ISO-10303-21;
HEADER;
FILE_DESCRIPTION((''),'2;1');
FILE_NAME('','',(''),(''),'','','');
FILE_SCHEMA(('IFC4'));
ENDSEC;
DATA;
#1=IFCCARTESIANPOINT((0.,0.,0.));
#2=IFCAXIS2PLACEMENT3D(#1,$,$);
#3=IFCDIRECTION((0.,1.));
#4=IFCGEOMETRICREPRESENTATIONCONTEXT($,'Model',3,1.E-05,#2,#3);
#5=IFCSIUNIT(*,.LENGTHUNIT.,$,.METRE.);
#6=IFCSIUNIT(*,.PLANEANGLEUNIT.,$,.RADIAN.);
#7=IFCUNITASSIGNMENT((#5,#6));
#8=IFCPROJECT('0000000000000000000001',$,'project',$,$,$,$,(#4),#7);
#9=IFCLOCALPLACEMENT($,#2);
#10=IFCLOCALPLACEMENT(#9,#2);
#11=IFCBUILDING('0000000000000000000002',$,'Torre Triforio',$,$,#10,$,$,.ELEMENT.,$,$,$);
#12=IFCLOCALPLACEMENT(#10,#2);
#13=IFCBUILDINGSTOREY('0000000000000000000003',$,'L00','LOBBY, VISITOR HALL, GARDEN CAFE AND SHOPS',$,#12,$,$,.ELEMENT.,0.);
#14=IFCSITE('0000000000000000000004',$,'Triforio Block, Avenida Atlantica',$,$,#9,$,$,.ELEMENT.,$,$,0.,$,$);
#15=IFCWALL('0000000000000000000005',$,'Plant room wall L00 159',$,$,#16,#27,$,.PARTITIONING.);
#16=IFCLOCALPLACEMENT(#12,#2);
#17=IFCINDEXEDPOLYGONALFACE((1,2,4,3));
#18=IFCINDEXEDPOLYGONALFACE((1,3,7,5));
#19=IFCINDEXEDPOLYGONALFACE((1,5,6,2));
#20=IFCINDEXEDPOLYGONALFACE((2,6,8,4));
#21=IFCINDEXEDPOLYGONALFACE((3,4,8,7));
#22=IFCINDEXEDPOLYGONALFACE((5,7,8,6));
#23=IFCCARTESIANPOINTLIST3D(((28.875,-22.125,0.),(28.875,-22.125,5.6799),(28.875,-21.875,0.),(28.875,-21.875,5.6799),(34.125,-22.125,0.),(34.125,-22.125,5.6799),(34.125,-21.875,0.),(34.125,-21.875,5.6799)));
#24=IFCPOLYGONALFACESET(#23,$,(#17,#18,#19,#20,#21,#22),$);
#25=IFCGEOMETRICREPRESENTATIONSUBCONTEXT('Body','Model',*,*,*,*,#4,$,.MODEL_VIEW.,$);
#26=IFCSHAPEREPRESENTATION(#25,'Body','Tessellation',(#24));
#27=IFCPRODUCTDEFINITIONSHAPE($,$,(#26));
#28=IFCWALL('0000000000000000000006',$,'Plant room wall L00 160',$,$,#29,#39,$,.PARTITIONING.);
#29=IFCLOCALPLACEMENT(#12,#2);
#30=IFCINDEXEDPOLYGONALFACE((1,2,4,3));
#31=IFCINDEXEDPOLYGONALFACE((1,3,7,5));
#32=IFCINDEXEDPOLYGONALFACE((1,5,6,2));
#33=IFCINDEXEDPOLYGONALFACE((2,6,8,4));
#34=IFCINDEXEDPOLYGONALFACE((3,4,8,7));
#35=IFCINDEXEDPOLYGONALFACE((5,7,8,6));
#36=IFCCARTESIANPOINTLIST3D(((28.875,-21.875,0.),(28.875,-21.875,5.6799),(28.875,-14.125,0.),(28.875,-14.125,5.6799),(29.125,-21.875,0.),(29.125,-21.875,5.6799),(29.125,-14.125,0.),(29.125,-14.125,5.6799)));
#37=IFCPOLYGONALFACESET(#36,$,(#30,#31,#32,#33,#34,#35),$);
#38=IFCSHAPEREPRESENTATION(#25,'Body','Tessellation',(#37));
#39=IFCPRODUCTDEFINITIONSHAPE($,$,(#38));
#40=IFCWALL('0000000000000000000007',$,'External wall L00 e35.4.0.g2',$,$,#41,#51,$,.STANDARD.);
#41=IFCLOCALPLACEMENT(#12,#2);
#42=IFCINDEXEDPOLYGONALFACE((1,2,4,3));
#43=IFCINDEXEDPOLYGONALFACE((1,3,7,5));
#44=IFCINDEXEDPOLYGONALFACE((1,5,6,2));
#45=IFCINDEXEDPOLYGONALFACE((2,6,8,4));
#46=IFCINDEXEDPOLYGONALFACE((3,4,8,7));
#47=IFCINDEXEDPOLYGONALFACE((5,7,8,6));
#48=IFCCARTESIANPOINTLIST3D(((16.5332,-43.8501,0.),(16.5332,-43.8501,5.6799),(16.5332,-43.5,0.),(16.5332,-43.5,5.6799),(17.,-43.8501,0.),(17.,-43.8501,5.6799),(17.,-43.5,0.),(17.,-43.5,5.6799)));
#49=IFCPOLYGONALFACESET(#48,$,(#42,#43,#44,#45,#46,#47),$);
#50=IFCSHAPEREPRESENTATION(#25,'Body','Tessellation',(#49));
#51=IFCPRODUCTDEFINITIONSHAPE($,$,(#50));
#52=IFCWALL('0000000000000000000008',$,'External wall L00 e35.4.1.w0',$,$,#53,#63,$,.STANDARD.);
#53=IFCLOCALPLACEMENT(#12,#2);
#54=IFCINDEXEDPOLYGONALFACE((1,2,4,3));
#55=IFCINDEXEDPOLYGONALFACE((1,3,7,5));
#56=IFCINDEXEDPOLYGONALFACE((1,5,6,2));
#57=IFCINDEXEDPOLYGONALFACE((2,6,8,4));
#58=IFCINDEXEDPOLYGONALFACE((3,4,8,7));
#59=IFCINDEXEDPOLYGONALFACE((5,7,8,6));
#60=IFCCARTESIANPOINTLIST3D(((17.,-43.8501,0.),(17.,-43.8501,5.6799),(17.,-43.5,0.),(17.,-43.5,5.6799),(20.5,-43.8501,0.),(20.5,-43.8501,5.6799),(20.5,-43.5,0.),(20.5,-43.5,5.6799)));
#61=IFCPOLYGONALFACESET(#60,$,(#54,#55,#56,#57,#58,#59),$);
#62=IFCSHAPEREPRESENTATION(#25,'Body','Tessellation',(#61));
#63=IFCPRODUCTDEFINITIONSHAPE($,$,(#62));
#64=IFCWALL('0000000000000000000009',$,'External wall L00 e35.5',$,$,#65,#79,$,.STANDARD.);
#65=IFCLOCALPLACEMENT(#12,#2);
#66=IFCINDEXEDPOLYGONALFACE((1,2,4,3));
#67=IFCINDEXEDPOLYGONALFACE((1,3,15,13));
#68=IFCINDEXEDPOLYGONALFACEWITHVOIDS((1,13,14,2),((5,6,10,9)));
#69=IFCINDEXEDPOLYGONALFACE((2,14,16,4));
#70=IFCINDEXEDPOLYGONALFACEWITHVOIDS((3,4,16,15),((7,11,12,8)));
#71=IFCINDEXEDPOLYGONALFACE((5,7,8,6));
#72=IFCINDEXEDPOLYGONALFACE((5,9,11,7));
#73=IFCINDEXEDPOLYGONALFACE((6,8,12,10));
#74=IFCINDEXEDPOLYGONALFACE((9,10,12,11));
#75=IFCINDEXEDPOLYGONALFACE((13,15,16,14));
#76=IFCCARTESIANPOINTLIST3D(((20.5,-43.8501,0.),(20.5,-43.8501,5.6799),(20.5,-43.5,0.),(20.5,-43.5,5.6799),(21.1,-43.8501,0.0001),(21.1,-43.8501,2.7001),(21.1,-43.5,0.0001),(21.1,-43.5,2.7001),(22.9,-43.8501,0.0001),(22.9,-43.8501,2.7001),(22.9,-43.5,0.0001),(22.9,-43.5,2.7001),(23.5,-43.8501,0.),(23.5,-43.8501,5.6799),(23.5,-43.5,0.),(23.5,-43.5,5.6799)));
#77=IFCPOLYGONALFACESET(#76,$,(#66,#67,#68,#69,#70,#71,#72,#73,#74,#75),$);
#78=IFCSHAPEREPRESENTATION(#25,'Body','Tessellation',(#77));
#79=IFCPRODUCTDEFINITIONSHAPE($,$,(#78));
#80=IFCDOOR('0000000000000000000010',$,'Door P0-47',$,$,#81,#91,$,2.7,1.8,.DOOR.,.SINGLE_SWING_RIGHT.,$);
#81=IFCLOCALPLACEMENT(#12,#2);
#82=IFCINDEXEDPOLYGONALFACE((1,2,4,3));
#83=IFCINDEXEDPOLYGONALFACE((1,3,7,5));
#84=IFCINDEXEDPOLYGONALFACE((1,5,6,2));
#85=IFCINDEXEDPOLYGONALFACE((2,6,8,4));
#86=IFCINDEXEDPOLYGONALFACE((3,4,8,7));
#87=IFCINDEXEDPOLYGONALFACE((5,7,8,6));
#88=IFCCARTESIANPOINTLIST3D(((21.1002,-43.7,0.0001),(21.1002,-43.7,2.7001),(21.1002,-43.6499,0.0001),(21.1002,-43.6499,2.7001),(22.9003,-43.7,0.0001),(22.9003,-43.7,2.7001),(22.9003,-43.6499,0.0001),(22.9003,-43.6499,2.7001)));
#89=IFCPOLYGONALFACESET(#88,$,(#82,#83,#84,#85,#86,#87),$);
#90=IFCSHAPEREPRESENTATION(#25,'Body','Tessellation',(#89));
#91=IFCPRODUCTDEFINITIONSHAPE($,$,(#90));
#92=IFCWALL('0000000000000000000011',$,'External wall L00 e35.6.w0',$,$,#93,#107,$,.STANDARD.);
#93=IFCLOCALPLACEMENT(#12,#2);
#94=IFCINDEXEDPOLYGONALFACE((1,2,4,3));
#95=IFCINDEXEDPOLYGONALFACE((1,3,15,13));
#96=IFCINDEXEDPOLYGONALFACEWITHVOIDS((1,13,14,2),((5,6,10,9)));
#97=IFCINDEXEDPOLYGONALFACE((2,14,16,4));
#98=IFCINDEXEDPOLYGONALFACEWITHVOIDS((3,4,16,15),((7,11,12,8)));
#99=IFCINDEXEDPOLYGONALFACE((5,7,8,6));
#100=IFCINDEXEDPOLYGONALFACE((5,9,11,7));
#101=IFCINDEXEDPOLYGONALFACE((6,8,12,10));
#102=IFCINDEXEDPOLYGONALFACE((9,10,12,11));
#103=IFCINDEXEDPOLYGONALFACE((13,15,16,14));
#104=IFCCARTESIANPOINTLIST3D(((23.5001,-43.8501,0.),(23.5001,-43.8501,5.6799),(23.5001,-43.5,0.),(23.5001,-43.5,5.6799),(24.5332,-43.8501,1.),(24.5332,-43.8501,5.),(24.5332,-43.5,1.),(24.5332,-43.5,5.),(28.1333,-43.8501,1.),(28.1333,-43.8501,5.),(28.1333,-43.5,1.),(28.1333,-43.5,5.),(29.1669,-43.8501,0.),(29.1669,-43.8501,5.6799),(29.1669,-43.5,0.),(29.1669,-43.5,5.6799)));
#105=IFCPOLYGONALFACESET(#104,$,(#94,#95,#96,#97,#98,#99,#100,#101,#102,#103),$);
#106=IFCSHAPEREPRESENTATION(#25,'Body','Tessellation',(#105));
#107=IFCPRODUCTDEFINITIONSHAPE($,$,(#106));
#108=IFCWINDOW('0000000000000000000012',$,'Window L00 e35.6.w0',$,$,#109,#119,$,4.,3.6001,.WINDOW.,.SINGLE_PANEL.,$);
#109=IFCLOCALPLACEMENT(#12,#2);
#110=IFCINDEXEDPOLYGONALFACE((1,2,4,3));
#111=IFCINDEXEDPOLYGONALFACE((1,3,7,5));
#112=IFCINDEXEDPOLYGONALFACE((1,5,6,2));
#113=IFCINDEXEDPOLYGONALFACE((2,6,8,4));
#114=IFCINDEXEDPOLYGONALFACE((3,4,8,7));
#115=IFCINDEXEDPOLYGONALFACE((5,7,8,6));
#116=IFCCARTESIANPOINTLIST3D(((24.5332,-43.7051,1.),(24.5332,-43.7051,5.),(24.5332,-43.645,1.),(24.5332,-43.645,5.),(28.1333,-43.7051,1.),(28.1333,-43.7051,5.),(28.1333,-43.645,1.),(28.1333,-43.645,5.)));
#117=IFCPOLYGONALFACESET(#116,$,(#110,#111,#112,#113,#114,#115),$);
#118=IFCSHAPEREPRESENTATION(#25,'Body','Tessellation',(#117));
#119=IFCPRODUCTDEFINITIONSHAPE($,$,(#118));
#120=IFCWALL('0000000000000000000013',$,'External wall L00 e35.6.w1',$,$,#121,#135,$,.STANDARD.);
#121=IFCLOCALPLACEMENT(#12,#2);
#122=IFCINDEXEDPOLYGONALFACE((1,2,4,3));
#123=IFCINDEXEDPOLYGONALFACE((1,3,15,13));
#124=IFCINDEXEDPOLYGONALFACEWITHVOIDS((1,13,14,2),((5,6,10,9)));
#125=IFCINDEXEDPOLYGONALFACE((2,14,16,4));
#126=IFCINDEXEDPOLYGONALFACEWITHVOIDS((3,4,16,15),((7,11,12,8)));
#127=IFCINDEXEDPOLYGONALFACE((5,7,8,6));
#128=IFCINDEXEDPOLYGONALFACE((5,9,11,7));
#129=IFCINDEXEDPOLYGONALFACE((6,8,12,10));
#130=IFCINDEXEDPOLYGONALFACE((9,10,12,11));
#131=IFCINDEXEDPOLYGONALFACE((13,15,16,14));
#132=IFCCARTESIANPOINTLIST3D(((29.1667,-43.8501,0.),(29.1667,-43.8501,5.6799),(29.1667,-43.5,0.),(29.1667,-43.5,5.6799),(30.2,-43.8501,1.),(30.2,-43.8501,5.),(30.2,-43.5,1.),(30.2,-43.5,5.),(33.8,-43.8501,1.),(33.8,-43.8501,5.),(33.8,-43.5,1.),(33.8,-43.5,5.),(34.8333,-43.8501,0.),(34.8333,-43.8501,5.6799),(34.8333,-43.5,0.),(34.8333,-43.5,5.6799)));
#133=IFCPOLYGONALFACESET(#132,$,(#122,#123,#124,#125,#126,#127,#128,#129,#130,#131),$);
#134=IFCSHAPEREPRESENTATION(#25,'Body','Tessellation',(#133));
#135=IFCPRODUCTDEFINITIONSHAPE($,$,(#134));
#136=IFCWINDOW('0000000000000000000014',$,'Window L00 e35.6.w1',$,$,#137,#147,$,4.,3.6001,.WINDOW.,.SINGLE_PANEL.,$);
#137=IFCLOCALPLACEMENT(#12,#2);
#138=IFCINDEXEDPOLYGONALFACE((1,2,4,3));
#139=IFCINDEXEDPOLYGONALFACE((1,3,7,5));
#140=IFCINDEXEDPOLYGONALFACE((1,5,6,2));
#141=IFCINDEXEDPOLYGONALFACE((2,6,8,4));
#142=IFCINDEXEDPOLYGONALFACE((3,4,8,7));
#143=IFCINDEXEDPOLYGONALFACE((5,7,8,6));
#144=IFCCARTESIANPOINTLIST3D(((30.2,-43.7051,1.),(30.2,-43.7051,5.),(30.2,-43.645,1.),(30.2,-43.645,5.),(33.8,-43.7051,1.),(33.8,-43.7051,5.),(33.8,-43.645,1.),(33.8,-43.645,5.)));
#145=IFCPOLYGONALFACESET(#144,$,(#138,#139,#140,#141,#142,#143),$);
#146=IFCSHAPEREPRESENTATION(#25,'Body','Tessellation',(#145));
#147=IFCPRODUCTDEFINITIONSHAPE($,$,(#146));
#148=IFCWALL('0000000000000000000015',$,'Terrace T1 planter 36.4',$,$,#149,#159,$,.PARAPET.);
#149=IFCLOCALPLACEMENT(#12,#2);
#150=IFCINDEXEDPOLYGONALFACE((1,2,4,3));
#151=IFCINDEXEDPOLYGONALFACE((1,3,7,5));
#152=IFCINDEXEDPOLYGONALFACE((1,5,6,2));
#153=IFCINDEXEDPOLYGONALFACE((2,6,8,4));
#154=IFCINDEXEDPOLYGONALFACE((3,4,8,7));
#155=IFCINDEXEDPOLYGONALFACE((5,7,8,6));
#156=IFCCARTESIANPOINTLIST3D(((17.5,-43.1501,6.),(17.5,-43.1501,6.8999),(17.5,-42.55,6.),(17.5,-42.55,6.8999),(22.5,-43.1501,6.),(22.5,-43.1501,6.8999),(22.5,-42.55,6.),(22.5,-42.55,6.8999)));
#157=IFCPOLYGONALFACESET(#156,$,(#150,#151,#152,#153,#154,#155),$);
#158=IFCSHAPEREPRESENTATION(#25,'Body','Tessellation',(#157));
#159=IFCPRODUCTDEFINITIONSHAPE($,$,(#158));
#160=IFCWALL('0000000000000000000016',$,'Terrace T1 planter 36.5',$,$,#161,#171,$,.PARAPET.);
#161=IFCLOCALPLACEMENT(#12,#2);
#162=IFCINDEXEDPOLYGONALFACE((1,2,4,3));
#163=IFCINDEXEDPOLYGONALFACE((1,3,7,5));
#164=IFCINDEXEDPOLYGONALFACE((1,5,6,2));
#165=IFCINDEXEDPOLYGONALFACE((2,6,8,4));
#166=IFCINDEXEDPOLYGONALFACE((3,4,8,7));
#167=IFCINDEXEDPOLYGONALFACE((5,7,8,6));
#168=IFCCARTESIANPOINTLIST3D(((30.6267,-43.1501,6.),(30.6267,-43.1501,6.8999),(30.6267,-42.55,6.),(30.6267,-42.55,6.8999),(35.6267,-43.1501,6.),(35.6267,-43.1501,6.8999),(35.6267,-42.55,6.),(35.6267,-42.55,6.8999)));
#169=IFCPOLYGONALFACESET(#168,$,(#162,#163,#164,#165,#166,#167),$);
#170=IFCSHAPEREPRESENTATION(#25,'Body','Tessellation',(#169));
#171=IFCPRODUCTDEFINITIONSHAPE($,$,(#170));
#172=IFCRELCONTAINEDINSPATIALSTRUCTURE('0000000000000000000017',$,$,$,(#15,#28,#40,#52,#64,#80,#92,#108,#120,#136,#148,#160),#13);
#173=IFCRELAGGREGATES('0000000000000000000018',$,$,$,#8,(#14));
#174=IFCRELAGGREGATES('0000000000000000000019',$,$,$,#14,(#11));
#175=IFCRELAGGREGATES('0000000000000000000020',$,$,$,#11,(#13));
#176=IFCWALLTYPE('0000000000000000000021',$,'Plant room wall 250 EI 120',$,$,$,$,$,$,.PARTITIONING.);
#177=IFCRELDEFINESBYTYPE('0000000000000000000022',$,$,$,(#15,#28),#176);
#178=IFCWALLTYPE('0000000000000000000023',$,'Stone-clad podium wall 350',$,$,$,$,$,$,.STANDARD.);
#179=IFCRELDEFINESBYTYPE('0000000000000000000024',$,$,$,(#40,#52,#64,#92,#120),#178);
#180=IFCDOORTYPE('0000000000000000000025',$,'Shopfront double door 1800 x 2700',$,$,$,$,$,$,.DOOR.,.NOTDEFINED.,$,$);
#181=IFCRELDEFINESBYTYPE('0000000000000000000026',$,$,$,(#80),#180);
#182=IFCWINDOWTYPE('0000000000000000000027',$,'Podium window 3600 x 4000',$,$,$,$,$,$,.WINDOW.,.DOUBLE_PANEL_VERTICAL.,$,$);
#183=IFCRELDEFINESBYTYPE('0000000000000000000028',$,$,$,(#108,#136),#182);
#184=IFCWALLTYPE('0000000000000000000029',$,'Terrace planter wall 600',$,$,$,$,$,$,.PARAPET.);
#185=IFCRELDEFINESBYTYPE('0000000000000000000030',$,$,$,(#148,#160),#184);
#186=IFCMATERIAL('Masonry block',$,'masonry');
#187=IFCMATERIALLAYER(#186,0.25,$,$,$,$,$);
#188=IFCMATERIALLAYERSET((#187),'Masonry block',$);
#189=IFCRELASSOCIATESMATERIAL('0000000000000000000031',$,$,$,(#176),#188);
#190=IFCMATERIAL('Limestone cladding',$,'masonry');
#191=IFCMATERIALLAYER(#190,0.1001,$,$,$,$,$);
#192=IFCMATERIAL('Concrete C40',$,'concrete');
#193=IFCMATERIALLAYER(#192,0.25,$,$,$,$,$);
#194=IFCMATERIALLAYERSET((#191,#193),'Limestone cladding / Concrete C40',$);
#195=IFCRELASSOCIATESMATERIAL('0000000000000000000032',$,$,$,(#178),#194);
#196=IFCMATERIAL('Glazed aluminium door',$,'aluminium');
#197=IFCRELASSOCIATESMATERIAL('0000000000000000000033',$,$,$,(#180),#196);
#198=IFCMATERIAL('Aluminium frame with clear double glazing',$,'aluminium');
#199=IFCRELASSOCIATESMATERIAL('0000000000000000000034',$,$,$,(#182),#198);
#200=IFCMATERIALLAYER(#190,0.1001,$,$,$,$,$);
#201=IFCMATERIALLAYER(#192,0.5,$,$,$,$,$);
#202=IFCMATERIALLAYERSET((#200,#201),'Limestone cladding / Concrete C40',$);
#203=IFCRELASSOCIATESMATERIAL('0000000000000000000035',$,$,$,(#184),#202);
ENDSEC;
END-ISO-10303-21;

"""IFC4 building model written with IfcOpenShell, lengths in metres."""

from ifc_helpers import new_model, si_unit, direction, frame, frame_2d, origin, place, context, subcontext, project, spatial, rectangle, extrude, material, layer, layer_set, type_object, element, fill, save


model = new_model("IFC4")

# Units and contexts
model_context = context("Model", 3, precision=1e-05, world=origin(), true_north=direction((0.0, 1.0)))
body_context = subcontext(model_context, "Body", "Model", "MODEL_VIEW")
ifc_project = project(units=[si_unit("LENGTHUNIT", "METRE"), si_unit("PLANEANGLEUNIT", "RADIAN")], contexts=[model_context])

# Site, building, storey
site_placement = place(None, origin())
site = spatial("IfcSite", under=ifc_project, at=site_placement, Name="Triforio Block, Avenida Atlantica", CompositionType="ELEMENT", RefElevation=0.0)
building_placement = place(site_placement, origin())
building = spatial("IfcBuilding", under=site, at=building_placement, Name="Torre Triforio", CompositionType="ELEMENT")
storey_placement = place(building_placement, origin())
storey = spatial("IfcBuildingStorey", under=building, at=storey_placement, Name="L00", Description="LOBBY, VISITOR HALL, GARDEN CAFE AND SHOPS", CompositionType="ELEMENT", Elevation=0.0)

# Walls
ifc_material_1 = material(Name="Masonry block", Category="masonry")
ifc_layer_1 = layer(ifc_material_1, 0.25)
ifc_layer_set_1 = layer_set([ifc_layer_1], Name="Masonry block")
wall_type_1 = type_object("IfcWallType", Name="Plant room wall 250 EI 120", PredefinedType="PARTITIONING", material=ifc_layer_set_1)
wall_1_placement = place(storey_placement, frame((28.875, -22.0, 0.0), z_axis=(0.0, 0.0, 1.0), x_axis=(1.0, 0.0, 0.0)))
element("IfcWall", 1, at=wall_1_placement, inside=storey, type_object=wall_type_1, Name="Plant room wall L00 159", PredefinedType="PARTITIONING", context=body_context, shape_type="SweptSolid", body=[
    extrude(rectangle(XDim=5.25, YDim=0.25, at=frame_2d((2.625, 0.0))), origin(), (0.0, 0.0, 1.0), 5.6799),
])
wall_2_placement = place(storey_placement, frame((29.0, -21.875, 0.0), z_axis=(0.0, 0.0, 1.0), x_axis=(0.0, 1.0, 0.0)))
element("IfcWall", 2, at=wall_2_placement, inside=storey, type_object=wall_type_1, Name="Plant room wall L00 160", PredefinedType="PARTITIONING", context=body_context, shape_type="SweptSolid", body=[
    extrude(rectangle(XDim=7.75, YDim=0.25, at=frame_2d((3.875, 0.0))), origin(), (0.0, 0.0, 1.0), 5.6799),
])
ifc_material_2 = material(Name="Limestone cladding", Category="masonry")
ifc_layer_2 = layer(ifc_material_2, 0.1001)
ifc_material_3 = material(Name="Concrete C40", Category="concrete")
ifc_layer_3 = layer(ifc_material_3, 0.25)
ifc_layer_set_2 = layer_set([ifc_layer_2, ifc_layer_3], Name="Limestone cladding / Concrete C40")
wall_type_2 = type_object("IfcWallType", Name="Stone-clad podium wall 350", PredefinedType="STANDARD", material=ifc_layer_set_2)
wall_3_placement = place(storey_placement, frame((16.5332, -43.675, 0.0), z_axis=(0.0, 0.0, 1.0), x_axis=(1.0, 0.0, 0.0)))
element("IfcWall", 3, at=wall_3_placement, inside=storey, type_object=wall_type_2, Name="External wall L00 e35.4.0.g2", PredefinedType="STANDARD", context=body_context, shape_type="SweptSolid", body=[
    extrude(rectangle(XDim=0.4668, YDim=0.3501, at=frame_2d((0.2334, 0.0))), origin(), (0.0, 0.0, 1.0), 5.6799),
])
wall_4_placement = place(storey_placement, frame((17.0, -43.675, 0.0), z_axis=(0.0, 0.0, 1.0), x_axis=(1.0, 0.0, 0.0)))
element("IfcWall", 4, at=wall_4_placement, inside=storey, type_object=wall_type_2, Name="External wall L00 e35.4.1.w0", PredefinedType="STANDARD", context=body_context, shape_type="SweptSolid", body=[
    extrude(rectangle(XDim=3.5, YDim=0.3501, at=frame_2d((1.75, 0.0))), origin(), (0.0, 0.0, 1.0), 5.6799),
])

# Wall, opening, door
wall_5_placement = place(storey_placement, frame((20.5, -43.675, 0.0), z_axis=(0.0, 0.0, 1.0), x_axis=(1.0, 0.0, 0.0)))
wall_5 = element("IfcWall", 5, at=wall_5_placement, inside=storey, type_object=wall_type_2, Name="External wall L00 e35.5", PredefinedType="STANDARD", context=body_context, shape_type="SweptSolid", body=[
    extrude(rectangle(XDim=3.0, YDim=0.3501, at=frame_2d((1.5, 0.0))), origin(), (0.0, 0.0, 1.0), 5.6799),
])
opening_1_placement = place(wall_5_placement, frame((0.6001, 0.0, 0.0)))
opening_1 = element("IfcOpeningElement", 6, at=opening_1_placement, cuts=wall_5, PredefinedType="OPENING", context=body_context, shape_type="SweptSolid", body=[
    extrude(rectangle(XDim=1.8, YDim=2.7, at=frame_2d((0.8999, 1.3501))), frame((0.0, 0.1851, 0.0), z_axis=(0.0, -1.0, 0.0), x_axis=(1.0, 0.0, 0.0)), (0.0, 0.0, 1.0), 0.3701),
])
ifc_material_4 = material(Name="Glazed aluminium door", Category="aluminium")
door_type = type_object("IfcDoorType", Name="Shopfront double door 1800 x 2700", OperationType="NOTDEFINED", PredefinedType="DOOR", material=ifc_material_4)
door_placement = place(opening_1_placement, frame((1.8, 0.0, 0.0), z_axis=(0.0, 0.0, 1.0), x_axis=(-1.0, 0.0, 0.0)))
door = element("IfcDoor", 7, at=door_placement, inside=storey, type_object=door_type, Name="Door P0-47", OperationType="SINGLE_SWING_RIGHT", OverallHeight=2.7, OverallWidth=1.8, PredefinedType="DOOR", context=body_context, shape_type="SweptSolid", body=[
    extrude(rectangle(XDim=1.8, YDim=2.7, at=frame_2d((0.8999, 1.3501))), frame((0.0, 0.0249, 0.0), z_axis=(0.0, -1.0, 0.0), x_axis=(1.0, 0.0, 0.0)), (0.0, 0.0, 1.0), 0.05),
])
fill(opening_1, door)

# Walls, openings, windows
wall_6_placement = place(storey_placement, frame((23.5, -43.675, 0.0), z_axis=(0.0, 0.0, 1.0), x_axis=(1.0, 0.0, 0.0)))
wall_6 = element("IfcWall", 8, at=wall_6_placement, inside=storey, type_object=wall_type_2, Name="External wall L00 e35.6.w0", PredefinedType="STANDARD", context=body_context, shape_type="SweptSolid", body=[
    extrude(rectangle(XDim=5.6667, YDim=0.3501, at=frame_2d((2.8335, 0.0))), origin(), (0.0, 0.0, 1.0), 5.6799),
])
opening_2_placement = place(wall_6_placement, frame((1.0332, 0.0, 1.0)))
opening_2 = element("IfcOpeningElement", 9, at=opening_2_placement, cuts=wall_6, PredefinedType="OPENING", context=body_context, shape_type="SweptSolid", body=[
    extrude(rectangle(XDim=3.6001, YDim=4.0, at=frame_2d((1.8, 2.0))), frame((0.0, 0.1851, 0.0), z_axis=(0.0, -1.0, 0.0), x_axis=(1.0, 0.0, 0.0)), (0.0, 0.0, 1.0), 0.3701),
])
ifc_material_5 = material(Name="Aluminium frame with clear double glazing", Category="aluminium")
window_type = type_object("IfcWindowType", Name="Podium window 3600 x 4000", PartitioningType="DOUBLE_PANEL_VERTICAL", PredefinedType="WINDOW", material=ifc_material_5)
window_1_placement = place(opening_2_placement, origin())
window_1 = element("IfcWindow", 10, at=window_1_placement, inside=storey, type_object=window_type, Name="Window L00 e35.6.w0", OverallHeight=4.0, OverallWidth=3.6001, PartitioningType="SINGLE_PANEL", PredefinedType="WINDOW", context=body_context, shape_type="SweptSolid", body=[
    extrude(rectangle(XDim=3.6001, YDim=4.0, at=frame_2d((1.8, 2.0))), frame((0.0, 0.03, 0.0), z_axis=(0.0, -1.0, 0.0), x_axis=(1.0, 0.0, 0.0)), (0.0, 0.0, 1.0), 0.0601),
])
fill(opening_2, window_1)
wall_7_placement = place(storey_placement, frame((29.1667, -43.675, 0.0), z_axis=(0.0, 0.0, 1.0), x_axis=(1.0, 0.0, 0.0)))
wall_7 = element("IfcWall", 11, at=wall_7_placement, inside=storey, type_object=wall_type_2, Name="External wall L00 e35.6.w1", PredefinedType="STANDARD", context=body_context, shape_type="SweptSolid", body=[
    extrude(rectangle(XDim=5.6665, YDim=0.3501, at=frame_2d((2.8333, 0.0))), origin(), (0.0, 0.0, 1.0), 5.6799),
])
opening_3_placement = place(wall_7_placement, frame((1.0332, 0.0, 1.0)))
opening_3 = element("IfcOpeningElement", 12, at=opening_3_placement, cuts=wall_7, PredefinedType="OPENING", context=body_context, shape_type="SweptSolid", body=[
    extrude(rectangle(XDim=3.6001, YDim=4.0, at=frame_2d((1.8, 2.0))), frame((0.0, 0.1851, 0.0), z_axis=(0.0, -1.0, 0.0), x_axis=(1.0, 0.0, 0.0)), (0.0, 0.0, 1.0), 0.3701),
])
window_2_placement = place(opening_3_placement, origin())
window_2 = element("IfcWindow", 13, at=window_2_placement, inside=storey, type_object=window_type, Name="Window L00 e35.6.w1", OverallHeight=4.0, OverallWidth=3.6001, PartitioningType="SINGLE_PANEL", PredefinedType="WINDOW", context=body_context, shape_type="SweptSolid", body=[
    extrude(rectangle(XDim=3.6001, YDim=4.0, at=frame_2d((1.8, 2.0))), frame((0.0, 0.03, 0.0), z_axis=(0.0, -1.0, 0.0), x_axis=(1.0, 0.0, 0.0)), (0.0, 0.0, 1.0), 0.0601),
])
fill(opening_3, window_2)

# Walls
ifc_layer_4 = layer(ifc_material_2, 0.1001)
ifc_layer_5 = layer(ifc_material_3, 0.5)
ifc_layer_set_3 = layer_set([ifc_layer_4, ifc_layer_5], Name="Limestone cladding / Concrete C40")
wall_type_3 = type_object("IfcWallType", Name="Terrace planter wall 600", PredefinedType="PARAPET", material=ifc_layer_set_3)
for number, where, z_axis, x_axis, name in (
    (14, (17.5, -42.8501, 6.0), (0.0, 0.0, 1.0), (1.0, 0.0, 0.0), "Terrace T1 planter 36.4"),
    (15, (30.6267, -42.8501, 6.0), (0.0, 0.0, 1.0), (1.0, 0.0, 0.0), "Terrace T1 planter 36.5"),
):
    element("IfcWall", number, at=place(storey_placement, frame(where, z_axis=z_axis, x_axis=x_axis)), inside=storey, type_object=wall_type_3, Name=name, PredefinedType="PARAPET", context=body_context, shape_type="SweptSolid", body=[
        extrude(rectangle(XDim=5.0, YDim=0.6001, at=frame_2d((2.5, 0.0))), origin(), (0.0, 0.0, 1.0), 0.8999),
    ])

save(model, "model.ifc")
